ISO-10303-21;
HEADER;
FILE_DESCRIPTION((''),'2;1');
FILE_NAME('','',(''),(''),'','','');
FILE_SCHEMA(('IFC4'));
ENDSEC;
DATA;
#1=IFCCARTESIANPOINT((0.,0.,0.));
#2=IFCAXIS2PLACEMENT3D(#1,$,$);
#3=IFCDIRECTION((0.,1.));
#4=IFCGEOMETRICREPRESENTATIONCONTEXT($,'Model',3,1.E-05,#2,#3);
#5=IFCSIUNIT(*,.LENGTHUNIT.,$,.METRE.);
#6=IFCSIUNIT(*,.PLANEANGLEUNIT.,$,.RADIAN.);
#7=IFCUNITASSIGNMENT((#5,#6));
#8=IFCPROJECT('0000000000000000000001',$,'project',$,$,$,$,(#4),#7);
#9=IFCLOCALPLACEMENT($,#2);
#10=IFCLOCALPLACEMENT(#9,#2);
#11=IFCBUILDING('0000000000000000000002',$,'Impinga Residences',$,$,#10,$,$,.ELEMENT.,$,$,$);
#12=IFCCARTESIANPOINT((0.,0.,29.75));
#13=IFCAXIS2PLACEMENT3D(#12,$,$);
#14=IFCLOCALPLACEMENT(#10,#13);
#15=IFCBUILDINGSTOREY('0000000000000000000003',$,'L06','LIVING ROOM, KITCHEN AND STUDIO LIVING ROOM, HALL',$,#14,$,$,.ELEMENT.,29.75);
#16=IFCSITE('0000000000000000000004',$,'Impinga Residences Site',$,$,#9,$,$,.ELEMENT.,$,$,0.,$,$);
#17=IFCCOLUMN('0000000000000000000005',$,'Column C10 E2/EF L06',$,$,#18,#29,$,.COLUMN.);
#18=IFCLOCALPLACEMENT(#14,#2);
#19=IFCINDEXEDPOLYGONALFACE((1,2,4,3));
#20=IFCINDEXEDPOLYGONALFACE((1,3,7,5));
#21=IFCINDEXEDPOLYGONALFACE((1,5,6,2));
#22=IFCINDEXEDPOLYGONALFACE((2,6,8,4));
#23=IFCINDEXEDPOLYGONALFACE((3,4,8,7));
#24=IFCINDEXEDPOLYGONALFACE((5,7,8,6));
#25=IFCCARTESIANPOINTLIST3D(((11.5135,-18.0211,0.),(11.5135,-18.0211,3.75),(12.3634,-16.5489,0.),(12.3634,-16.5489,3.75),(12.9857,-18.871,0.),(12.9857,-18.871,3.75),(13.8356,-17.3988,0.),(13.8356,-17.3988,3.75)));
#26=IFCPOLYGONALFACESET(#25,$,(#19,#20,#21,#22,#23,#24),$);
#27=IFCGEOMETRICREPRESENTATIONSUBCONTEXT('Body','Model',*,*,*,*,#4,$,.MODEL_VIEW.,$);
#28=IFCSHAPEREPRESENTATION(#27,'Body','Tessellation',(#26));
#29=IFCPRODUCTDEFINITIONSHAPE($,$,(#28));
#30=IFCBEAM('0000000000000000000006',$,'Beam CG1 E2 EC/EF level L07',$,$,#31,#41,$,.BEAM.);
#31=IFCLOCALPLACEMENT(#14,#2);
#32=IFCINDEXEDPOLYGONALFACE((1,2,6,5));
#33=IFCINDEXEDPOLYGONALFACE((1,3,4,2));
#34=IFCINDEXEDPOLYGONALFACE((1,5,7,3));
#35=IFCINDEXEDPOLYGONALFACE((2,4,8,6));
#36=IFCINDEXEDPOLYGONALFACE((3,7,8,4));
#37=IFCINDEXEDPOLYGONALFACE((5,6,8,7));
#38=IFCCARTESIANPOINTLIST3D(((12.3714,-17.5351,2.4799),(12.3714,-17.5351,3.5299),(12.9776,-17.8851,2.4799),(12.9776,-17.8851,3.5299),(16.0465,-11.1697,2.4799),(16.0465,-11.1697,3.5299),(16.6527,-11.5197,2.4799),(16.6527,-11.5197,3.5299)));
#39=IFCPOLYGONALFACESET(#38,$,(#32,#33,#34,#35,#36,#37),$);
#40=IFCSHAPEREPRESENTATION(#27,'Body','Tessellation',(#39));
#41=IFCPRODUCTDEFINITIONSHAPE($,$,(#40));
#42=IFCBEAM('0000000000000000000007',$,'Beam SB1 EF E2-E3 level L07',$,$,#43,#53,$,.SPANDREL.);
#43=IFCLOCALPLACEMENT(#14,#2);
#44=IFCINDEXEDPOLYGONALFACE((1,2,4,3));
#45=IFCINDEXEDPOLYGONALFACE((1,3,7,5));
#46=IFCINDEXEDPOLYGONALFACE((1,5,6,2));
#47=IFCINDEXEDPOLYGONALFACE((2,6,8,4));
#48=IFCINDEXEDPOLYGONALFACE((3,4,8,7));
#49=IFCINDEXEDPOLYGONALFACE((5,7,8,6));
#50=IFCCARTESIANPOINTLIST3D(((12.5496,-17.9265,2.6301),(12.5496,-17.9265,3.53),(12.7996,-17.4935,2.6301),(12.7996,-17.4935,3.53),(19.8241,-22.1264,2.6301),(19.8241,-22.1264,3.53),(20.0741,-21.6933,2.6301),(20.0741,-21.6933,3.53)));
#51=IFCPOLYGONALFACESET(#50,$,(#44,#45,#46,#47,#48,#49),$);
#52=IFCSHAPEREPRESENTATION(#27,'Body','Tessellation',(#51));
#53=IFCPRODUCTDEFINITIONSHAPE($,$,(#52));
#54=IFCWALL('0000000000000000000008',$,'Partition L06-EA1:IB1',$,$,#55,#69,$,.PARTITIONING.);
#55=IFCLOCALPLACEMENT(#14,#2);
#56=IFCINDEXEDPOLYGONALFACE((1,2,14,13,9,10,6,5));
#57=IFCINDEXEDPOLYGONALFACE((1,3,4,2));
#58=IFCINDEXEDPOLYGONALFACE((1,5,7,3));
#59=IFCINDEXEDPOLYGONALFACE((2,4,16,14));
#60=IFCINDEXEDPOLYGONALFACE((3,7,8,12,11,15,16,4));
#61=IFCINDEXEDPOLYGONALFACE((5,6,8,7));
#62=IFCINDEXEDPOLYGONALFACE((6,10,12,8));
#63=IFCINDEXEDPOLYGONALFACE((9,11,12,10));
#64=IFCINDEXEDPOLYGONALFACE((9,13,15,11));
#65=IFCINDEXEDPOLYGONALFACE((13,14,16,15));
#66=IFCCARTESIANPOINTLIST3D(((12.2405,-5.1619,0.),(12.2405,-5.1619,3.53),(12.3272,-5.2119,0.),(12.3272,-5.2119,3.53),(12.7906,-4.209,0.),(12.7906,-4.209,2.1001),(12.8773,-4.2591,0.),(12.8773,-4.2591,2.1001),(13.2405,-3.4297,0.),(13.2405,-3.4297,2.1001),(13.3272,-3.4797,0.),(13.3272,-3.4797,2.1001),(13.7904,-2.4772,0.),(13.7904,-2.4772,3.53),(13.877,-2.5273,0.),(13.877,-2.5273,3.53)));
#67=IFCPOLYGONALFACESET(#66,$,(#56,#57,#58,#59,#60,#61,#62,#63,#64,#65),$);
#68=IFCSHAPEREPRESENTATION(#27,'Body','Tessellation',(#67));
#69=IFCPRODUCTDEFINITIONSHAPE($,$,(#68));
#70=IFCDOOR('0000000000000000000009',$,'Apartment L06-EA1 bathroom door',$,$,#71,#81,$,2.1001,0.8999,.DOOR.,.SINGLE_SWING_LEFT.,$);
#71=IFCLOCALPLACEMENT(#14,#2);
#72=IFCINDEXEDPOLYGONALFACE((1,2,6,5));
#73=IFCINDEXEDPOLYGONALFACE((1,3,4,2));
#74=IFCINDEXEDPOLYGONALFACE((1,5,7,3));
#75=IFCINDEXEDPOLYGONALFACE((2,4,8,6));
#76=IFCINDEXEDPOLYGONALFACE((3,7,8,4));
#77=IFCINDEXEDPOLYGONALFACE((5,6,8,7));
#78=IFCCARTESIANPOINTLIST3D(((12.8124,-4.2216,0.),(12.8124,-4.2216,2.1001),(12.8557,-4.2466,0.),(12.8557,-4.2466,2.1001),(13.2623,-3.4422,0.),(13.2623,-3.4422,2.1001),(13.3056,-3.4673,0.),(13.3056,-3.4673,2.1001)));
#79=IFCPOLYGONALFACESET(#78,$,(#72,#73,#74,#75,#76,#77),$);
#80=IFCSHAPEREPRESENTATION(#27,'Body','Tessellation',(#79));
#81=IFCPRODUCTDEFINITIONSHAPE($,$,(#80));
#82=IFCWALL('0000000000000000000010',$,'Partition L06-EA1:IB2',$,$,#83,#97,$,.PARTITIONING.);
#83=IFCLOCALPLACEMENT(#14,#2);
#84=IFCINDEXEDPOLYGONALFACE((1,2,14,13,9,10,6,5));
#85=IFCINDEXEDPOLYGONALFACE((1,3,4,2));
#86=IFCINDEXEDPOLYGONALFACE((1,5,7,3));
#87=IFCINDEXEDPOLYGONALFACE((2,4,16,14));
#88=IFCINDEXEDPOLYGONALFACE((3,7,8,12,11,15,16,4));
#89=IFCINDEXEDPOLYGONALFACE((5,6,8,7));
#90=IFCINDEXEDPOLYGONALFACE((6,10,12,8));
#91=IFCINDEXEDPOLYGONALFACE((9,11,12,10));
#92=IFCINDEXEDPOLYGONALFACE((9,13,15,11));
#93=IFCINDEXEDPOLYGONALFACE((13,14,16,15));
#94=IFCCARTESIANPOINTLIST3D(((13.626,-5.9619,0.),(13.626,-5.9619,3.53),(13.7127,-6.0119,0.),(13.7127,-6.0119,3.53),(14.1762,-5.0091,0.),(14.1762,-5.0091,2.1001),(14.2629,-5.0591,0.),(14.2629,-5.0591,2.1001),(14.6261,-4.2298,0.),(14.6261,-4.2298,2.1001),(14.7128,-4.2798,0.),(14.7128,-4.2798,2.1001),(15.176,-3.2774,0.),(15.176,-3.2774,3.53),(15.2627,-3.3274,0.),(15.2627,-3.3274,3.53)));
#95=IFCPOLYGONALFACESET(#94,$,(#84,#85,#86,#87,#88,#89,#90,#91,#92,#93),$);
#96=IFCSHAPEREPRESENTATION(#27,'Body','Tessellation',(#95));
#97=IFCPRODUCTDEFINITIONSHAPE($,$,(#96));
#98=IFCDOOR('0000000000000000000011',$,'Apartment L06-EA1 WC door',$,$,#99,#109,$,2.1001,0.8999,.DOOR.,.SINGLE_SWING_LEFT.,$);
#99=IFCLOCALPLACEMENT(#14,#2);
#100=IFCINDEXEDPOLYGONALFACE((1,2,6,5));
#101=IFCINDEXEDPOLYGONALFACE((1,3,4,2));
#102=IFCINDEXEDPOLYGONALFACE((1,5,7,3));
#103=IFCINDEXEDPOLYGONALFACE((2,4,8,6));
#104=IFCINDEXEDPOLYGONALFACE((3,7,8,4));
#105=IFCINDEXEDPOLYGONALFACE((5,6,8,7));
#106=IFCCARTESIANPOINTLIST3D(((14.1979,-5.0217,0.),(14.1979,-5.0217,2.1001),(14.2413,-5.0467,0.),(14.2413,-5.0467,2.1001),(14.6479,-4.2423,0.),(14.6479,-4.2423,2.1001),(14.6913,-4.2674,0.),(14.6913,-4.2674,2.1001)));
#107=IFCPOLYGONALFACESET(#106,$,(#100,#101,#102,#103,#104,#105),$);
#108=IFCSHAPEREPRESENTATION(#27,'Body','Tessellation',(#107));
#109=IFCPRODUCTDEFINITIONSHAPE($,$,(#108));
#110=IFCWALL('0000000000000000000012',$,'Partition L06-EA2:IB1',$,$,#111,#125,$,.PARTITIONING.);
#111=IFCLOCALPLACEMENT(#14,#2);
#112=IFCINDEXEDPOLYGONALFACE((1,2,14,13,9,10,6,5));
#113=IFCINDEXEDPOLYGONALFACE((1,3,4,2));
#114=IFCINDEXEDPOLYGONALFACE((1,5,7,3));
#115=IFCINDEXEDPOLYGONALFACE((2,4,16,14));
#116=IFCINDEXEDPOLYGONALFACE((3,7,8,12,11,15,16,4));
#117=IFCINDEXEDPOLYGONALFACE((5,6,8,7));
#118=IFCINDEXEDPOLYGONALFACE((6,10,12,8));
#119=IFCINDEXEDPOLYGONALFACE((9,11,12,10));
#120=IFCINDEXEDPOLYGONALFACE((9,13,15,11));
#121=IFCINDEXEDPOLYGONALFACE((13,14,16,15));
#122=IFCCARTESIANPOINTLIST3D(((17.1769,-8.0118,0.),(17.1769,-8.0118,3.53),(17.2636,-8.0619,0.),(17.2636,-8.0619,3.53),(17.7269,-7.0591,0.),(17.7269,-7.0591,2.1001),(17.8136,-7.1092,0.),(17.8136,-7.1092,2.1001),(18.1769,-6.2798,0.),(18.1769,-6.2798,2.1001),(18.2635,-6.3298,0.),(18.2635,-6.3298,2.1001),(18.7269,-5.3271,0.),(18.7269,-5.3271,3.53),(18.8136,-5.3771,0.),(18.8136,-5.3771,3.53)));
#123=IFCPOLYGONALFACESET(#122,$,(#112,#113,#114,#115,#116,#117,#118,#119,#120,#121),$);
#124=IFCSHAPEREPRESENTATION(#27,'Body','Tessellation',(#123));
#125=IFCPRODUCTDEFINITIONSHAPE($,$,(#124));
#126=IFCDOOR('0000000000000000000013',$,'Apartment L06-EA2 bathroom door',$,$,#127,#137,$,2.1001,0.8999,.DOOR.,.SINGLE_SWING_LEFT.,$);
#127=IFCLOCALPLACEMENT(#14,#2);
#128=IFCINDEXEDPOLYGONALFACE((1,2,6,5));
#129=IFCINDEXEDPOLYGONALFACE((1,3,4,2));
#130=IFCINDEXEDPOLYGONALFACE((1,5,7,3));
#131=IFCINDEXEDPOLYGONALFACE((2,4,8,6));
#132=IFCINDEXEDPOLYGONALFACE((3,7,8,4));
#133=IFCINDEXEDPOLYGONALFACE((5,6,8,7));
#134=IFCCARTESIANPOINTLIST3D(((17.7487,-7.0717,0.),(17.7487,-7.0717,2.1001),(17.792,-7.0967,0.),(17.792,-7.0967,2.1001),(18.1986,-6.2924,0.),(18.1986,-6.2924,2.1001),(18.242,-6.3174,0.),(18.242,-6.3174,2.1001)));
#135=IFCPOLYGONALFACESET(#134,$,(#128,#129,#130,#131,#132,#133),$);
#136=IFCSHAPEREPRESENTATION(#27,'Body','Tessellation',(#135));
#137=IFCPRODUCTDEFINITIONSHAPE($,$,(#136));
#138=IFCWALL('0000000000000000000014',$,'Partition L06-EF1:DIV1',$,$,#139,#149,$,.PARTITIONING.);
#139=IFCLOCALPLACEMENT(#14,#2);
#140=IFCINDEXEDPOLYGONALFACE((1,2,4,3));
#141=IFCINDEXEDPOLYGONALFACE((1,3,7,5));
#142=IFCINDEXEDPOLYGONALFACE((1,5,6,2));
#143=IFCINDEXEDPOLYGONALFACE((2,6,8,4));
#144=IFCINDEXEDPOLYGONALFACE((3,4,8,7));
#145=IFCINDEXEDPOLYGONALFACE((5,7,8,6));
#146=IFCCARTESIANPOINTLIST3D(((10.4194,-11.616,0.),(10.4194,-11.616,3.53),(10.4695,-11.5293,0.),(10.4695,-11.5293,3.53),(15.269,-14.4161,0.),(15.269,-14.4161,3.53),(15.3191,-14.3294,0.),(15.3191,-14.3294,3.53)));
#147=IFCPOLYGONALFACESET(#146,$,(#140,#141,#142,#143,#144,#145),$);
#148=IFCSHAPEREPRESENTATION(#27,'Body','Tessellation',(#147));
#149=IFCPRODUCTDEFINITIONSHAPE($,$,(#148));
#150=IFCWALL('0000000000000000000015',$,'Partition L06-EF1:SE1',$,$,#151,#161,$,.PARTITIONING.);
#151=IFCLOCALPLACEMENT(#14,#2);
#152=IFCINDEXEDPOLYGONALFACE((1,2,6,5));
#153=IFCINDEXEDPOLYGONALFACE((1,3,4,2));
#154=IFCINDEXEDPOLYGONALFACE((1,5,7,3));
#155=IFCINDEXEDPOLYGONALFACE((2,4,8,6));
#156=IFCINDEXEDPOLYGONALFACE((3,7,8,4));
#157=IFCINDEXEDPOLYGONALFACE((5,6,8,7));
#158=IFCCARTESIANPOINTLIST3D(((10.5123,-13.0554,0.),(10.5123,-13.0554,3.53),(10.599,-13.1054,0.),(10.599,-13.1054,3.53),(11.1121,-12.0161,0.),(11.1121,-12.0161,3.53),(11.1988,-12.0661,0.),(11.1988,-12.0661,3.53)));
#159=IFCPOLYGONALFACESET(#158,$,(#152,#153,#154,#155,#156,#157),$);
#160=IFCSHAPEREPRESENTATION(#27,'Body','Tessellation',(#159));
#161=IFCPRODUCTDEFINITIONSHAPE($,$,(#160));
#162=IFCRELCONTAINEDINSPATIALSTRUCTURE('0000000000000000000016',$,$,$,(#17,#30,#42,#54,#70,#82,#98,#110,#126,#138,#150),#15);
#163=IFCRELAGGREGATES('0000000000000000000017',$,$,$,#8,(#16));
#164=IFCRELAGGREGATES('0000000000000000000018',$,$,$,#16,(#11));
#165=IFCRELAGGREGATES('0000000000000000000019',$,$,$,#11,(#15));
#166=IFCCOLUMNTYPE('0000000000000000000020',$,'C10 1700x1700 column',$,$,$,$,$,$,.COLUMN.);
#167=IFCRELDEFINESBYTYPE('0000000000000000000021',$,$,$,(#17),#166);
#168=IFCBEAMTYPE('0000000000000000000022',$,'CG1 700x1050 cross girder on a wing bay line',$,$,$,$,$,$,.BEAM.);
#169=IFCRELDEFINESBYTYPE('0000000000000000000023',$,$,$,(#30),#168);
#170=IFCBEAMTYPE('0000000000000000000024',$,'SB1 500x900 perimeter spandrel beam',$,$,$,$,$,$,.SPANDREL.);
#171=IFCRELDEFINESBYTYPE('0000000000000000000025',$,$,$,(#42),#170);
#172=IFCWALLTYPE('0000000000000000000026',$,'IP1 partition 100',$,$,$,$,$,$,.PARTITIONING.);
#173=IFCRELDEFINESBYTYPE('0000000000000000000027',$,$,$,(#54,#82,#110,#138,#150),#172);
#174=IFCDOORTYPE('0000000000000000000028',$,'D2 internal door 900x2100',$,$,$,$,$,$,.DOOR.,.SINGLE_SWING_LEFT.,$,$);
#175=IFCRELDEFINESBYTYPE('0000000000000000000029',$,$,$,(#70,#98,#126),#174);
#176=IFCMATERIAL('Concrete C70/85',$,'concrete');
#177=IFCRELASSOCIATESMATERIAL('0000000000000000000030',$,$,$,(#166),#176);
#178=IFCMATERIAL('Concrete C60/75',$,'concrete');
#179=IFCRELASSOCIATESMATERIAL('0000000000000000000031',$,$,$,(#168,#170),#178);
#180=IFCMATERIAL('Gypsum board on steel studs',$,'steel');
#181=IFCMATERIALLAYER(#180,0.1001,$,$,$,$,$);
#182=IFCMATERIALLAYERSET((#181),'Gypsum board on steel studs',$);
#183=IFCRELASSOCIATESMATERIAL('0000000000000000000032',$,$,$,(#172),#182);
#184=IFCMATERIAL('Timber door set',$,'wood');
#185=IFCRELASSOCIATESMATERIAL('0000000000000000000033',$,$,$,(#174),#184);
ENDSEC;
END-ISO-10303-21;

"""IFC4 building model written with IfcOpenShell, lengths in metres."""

from ifc_helpers import new_model, si_unit, direction, frame, frame_2d, origin, origin_2d, place, context, subcontext, project, spatial, rectangle, extrude, material, layer, layer_set, material_profile, profile_set, type_object, element, fill, save


model = new_model("IFC4")

# Units and contexts
model_context = context("Model", 3, precision=1e-05, world=origin(), true_north=direction((0.0, 1.0)))
body_context = subcontext(model_context, "Body", "Model", "MODEL_VIEW")
ifc_project = project(units=[si_unit("LENGTHUNIT", "METRE"), si_unit("PLANEANGLEUNIT", "RADIAN")], contexts=[model_context])

# Site, building, storey
site_placement = place(None, origin())
site = spatial("IfcSite", under=ifc_project, at=site_placement, Name="Impinga Residences Site", CompositionType="ELEMENT", RefElevation=0.0)
building_placement = place(site_placement, origin())
building = spatial("IfcBuilding", under=site, at=building_placement, Name="Impinga Residences", CompositionType="ELEMENT")
storey_placement = place(building_placement, frame((0.0, 0.0, 29.75)))
storey = spatial("IfcBuildingStorey", under=building, at=storey_placement, Name="L06", Description="LIVING ROOM, KITCHEN AND STUDIO LIVING ROOM, HALL", CompositionType="ELEMENT", Elevation=29.75)

# Column
ifc_material_1 = material(Name="Concrete C70/85", Category="concrete")
ifc_material_profile_1 = material_profile(ifc_material_1, rectangle(XDim=1.7, YDim=1.7, at=origin_2d()), Name="RC 1700x1700")
ifc_profile_set_1 = profile_set([ifc_material_profile_1], Name="Concrete C70/85")
column_type = type_object("IfcColumnType", Name="C10 1700x1700 column", PredefinedType="COLUMN", material=ifc_profile_set_1)
column_placement = place(storey_placement, frame((12.6746, -17.71, 0.0), z_axis=(0.0, 0.0, 1.0), x_axis=(-0.5, -0.866025, 0.0)))
element("IfcColumn", 1, at=column_placement, inside=storey, type_object=column_type, Name="Column C10 E2/EF L06", PredefinedType="COLUMN", context=body_context, shape_type="SweptSolid", body=[
    extrude(rectangle(XDim=1.7, YDim=1.7, at=origin_2d()), origin(), (0.0, 0.0, 1.0), 3.75),
])

# Beams
ifc_material_2 = material(Name="Concrete C60/75", Category="concrete")
ifc_material_profile_2 = material_profile(ifc_material_2, rectangle(XDim=0.7, YDim=1.05, at=origin_2d()), Name="RC 700x1050")
ifc_profile_set_2 = profile_set([ifc_material_profile_2], Name="Concrete C60/75")
beam_type_1 = type_object("IfcBeamType", Name="CG1 700x1050 cross girder on a wing bay line", PredefinedType="BEAM", material=ifc_profile_set_2)
beam_1_placement = place(storey_placement, frame((16.3496, -11.3447, 3.0049), z_axis=(-0.500008, -0.866021, 0.0), x_axis=(0.866021, -0.500008, 0.0)))
element("IfcBeam", 2, at=beam_1_placement, inside=storey, type_object=beam_type_1, Name="Beam CG1 E2 EC/EF level L07", PredefinedType="BEAM", context=body_context, shape_type="SweptSolid", body=[
    extrude(rectangle(XDim=0.7, YDim=1.05, at=origin_2d()), origin(), (0.0, 0.0, 1.0), 7.3501),
])
ifc_material_profile_3 = material_profile(ifc_material_2, rectangle(XDim=0.5, YDim=0.8999, at=origin_2d()), Name="RC 500x900")
ifc_profile_set_3 = profile_set([ifc_material_profile_3], Name="Concrete C60/75")
beam_type_2 = type_object("IfcBeamType", Name="SB1 500x900 perimeter spandrel beam", PredefinedType="SPANDREL", material=ifc_profile_set_3)
beam_2_placement = place(storey_placement, frame((12.6746, -17.71, 3.0801), z_axis=(0.866029, -0.499993, 0.0), x_axis=(0.499993, 0.866029, 0.0)))
element("IfcBeam", 3, at=beam_2_placement, inside=storey, type_object=beam_type_2, Name="Beam SB1 EF E2-E3 level L07", PredefinedType="SPANDREL", context=body_context, shape_type="SweptSolid", body=[
    extrude(rectangle(XDim=0.5, YDim=0.8999, at=origin_2d()), origin(), (0.0, 0.0, 1.0), 8.3999),
])

# Walls, openings, doors
ifc_material_3 = material(Name="Gypsum board on steel studs", Category="steel")
ifc_layer_1 = layer(ifc_material_3, 0.1001)
ifc_layer_set_1 = layer_set([ifc_layer_1], Name="Gypsum board on steel studs")
wall_type_1 = type_object("IfcWallType", Name="IP1 partition 100", PredefinedType="PARTITIONING", material=ifc_layer_set_1)
wall_1_placement = place(storey_placement, frame((12.2839, -5.1868, 0.0), z_axis=(0.0, 0.0, 1.0), x_axis=(0.499968, 0.866044, 0.0)))
wall_1 = element("IfcWall", 4, at=wall_1_placement, inside=storey, type_object=wall_type_1, Name="Partition L06-EA1:IB1", PredefinedType="PARTITIONING", context=body_context, shape_type="SweptSolid", body=[
    extrude(rectangle(XDim=3.0999, YDim=0.1001, at=frame_2d((1.5498, 0.0))), origin(), (0.0, 0.0, 1.0), 3.53),
])
opening_1_placement = place(wall_1_placement, frame((1.1001, 0.0, 0.0)))
opening_1 = element("IfcOpeningElement", 5, at=opening_1_placement, cuts=wall_1, PredefinedType="OPENING", context=body_context, shape_type="SweptSolid", body=[
    extrude(rectangle(XDim=0.8999, YDim=2.1001, at=frame_2d((0.45, 1.05))), frame((0.0, 0.0601, 0.0), z_axis=(0.0, -1.0, 0.0), x_axis=(1.0, 0.0, 0.0)), (0.0, 0.0, 1.0), 0.1201),
])
ifc_material_4 = material(Name="Timber door set", Category="wood")
door_type = type_object("IfcDoorType", Name="D2 internal door 900x2100", OperationType="SINGLE_SWING_LEFT", PredefinedType="DOOR", material=ifc_material_4)
door_1_placement = place(opening_1_placement, origin())
door_1 = element("IfcDoor", 6, at=door_1_placement, inside=storey, type_object=door_type, Name="Apartment L06-EA1 bathroom door", OperationType="SINGLE_SWING_LEFT", OverallHeight=2.1001, OverallWidth=0.8999, PredefinedType="DOOR", context=body_context, shape_type="SweptSolid", body=[
    extrude(rectangle(XDim=0.8999, YDim=2.1001, at=frame_2d((0.45, 1.05))), frame((0.0, 0.0249, 0.0), z_axis=(0.0, -1.0, 0.0), x_axis=(1.0, 0.0, 0.0)), (0.0, 0.0, 1.0), 0.05),
])
fill(opening_1, door_1)
wall_2_placement = place(storey_placement, frame((13.6694, -5.9868, 0.0), z_axis=(0.0, 0.0, 1.0), x_axis=(0.500027, 0.86601, 0.0)))
wall_2 = element("IfcWall", 7, at=wall_2_placement, inside=storey, type_object=wall_type_1, Name="Partition L06-EA1:IB2", PredefinedType="PARTITIONING", context=body_context, shape_type="SweptSolid", body=[
    extrude(rectangle(XDim=3.0999, YDim=0.1001, at=frame_2d((1.5498, 0.0))), origin(), (0.0, 0.0, 1.0), 3.53),
])
opening_2_placement = place(wall_2_placement, frame((1.1001, 0.0, 0.0)))
opening_2 = element("IfcOpeningElement", 8, at=opening_2_placement, cuts=wall_2, PredefinedType="OPENING", context=body_context, shape_type="SweptSolid", body=[
    extrude(rectangle(XDim=0.8999, YDim=2.1001, at=frame_2d((0.45, 1.05))), frame((0.0, 0.0601, 0.0), z_axis=(0.0, -1.0, 0.0), x_axis=(1.0, 0.0, 0.0)), (0.0, 0.0, 1.0), 0.1201),
])
door_2_placement = place(opening_2_placement, origin())
door_2 = element("IfcDoor", 9, at=door_2_placement, inside=storey, type_object=door_type, Name="Apartment L06-EA1 WC door", OperationType="SINGLE_SWING_LEFT", OverallHeight=2.1001, OverallWidth=0.8999, PredefinedType="DOOR", context=body_context, shape_type="SweptSolid", body=[
    extrude(rectangle(XDim=0.8999, YDim=2.1001, at=frame_2d((0.45, 1.05))), frame((0.0, 0.0249, 0.0), z_axis=(0.0, -1.0, 0.0), x_axis=(1.0, 0.0, 0.0)), (0.0, 0.0, 1.0), 0.05),
])
fill(opening_2, door_2)
wall_3_placement = place(storey_placement, frame((17.2202, -8.0369, 0.0), z_axis=(0.0, 0.0, 1.0), x_axis=(0.499993, 0.86603, 0.0)))
wall_3 = element("IfcWall", 10, at=wall_3_placement, inside=storey, type_object=wall_type_1, Name="Partition L06-EA2:IB1", PredefinedType="PARTITIONING", context=body_context, shape_type="SweptSolid", body=[
    extrude(rectangle(XDim=3.1001, YDim=0.1001, at=frame_2d((1.55, 0.0))), origin(), (0.0, 0.0, 1.0), 3.53),
])
opening_3_placement = place(wall_3_placement, frame((1.1001, 0.0, 0.0)))
opening_3 = element("IfcOpeningElement", 11, at=opening_3_placement, cuts=wall_3, PredefinedType="OPENING", context=body_context, shape_type="SweptSolid", body=[
    extrude(rectangle(XDim=0.8999, YDim=2.1001, at=frame_2d((0.45, 1.05))), frame((0.0, 0.0601, 0.0), z_axis=(0.0, -1.0, 0.0), x_axis=(1.0, 0.0, 0.0)), (0.0, 0.0, 1.0), 0.1201),
])
door_3_placement = place(opening_3_placement, origin())
door_3 = element("IfcDoor", 12, at=door_3_placement, inside=storey, type_object=door_type, Name="Apartment L06-EA2 bathroom door", OperationType="SINGLE_SWING_LEFT", OverallHeight=2.1001, OverallWidth=0.8999, PredefinedType="DOOR", context=body_context, shape_type="SweptSolid", body=[
    extrude(rectangle(XDim=0.8999, YDim=2.1001, at=frame_2d((0.45, 1.05))), frame((0.0, 0.0249, 0.0), z_axis=(0.0, -1.0, 0.0), x_axis=(1.0, 0.0, 0.0)), (0.0, 0.0, 1.0), 0.05),
])
fill(opening_3, door_3)

# Walls
wall_4_placement = place(storey_placement, frame((10.4446, -11.5728, 0.0), z_axis=(0.0, 0.0, 1.0), x_axis=(0.866016, -0.500017, 0.0)))
element("IfcWall", 13, at=wall_4_placement, inside=storey, type_object=wall_type_1, Name="Partition L06-EF1:DIV1", PredefinedType="PARTITIONING", context=body_context, shape_type="SweptSolid", body=[
    extrude(rectangle(XDim=5.5999, YDim=0.1001, at=frame_2d((2.7998, 0.0))), origin(), (0.0, 0.0, 1.0), 3.53),
])
wall_5_placement = place(storey_placement, frame((11.1555, -12.041, 0.0), z_axis=(0.0, 0.0, 1.0), x_axis=(-0.499881, -0.866094, 0.0)))
element("IfcWall", 14, at=wall_5_placement, inside=storey, type_object=wall_type_1, Name="Partition L06-EF1:SE1", PredefinedType="PARTITIONING", context=body_context, shape_type="SweptSolid", body=[
    extrude(rectangle(XDim=1.2, YDim=0.1001, at=frame_2d((0.6001, 0.0))), origin(), (0.0, 0.0, 1.0), 3.53),
])

save(model, "model.ifc")
